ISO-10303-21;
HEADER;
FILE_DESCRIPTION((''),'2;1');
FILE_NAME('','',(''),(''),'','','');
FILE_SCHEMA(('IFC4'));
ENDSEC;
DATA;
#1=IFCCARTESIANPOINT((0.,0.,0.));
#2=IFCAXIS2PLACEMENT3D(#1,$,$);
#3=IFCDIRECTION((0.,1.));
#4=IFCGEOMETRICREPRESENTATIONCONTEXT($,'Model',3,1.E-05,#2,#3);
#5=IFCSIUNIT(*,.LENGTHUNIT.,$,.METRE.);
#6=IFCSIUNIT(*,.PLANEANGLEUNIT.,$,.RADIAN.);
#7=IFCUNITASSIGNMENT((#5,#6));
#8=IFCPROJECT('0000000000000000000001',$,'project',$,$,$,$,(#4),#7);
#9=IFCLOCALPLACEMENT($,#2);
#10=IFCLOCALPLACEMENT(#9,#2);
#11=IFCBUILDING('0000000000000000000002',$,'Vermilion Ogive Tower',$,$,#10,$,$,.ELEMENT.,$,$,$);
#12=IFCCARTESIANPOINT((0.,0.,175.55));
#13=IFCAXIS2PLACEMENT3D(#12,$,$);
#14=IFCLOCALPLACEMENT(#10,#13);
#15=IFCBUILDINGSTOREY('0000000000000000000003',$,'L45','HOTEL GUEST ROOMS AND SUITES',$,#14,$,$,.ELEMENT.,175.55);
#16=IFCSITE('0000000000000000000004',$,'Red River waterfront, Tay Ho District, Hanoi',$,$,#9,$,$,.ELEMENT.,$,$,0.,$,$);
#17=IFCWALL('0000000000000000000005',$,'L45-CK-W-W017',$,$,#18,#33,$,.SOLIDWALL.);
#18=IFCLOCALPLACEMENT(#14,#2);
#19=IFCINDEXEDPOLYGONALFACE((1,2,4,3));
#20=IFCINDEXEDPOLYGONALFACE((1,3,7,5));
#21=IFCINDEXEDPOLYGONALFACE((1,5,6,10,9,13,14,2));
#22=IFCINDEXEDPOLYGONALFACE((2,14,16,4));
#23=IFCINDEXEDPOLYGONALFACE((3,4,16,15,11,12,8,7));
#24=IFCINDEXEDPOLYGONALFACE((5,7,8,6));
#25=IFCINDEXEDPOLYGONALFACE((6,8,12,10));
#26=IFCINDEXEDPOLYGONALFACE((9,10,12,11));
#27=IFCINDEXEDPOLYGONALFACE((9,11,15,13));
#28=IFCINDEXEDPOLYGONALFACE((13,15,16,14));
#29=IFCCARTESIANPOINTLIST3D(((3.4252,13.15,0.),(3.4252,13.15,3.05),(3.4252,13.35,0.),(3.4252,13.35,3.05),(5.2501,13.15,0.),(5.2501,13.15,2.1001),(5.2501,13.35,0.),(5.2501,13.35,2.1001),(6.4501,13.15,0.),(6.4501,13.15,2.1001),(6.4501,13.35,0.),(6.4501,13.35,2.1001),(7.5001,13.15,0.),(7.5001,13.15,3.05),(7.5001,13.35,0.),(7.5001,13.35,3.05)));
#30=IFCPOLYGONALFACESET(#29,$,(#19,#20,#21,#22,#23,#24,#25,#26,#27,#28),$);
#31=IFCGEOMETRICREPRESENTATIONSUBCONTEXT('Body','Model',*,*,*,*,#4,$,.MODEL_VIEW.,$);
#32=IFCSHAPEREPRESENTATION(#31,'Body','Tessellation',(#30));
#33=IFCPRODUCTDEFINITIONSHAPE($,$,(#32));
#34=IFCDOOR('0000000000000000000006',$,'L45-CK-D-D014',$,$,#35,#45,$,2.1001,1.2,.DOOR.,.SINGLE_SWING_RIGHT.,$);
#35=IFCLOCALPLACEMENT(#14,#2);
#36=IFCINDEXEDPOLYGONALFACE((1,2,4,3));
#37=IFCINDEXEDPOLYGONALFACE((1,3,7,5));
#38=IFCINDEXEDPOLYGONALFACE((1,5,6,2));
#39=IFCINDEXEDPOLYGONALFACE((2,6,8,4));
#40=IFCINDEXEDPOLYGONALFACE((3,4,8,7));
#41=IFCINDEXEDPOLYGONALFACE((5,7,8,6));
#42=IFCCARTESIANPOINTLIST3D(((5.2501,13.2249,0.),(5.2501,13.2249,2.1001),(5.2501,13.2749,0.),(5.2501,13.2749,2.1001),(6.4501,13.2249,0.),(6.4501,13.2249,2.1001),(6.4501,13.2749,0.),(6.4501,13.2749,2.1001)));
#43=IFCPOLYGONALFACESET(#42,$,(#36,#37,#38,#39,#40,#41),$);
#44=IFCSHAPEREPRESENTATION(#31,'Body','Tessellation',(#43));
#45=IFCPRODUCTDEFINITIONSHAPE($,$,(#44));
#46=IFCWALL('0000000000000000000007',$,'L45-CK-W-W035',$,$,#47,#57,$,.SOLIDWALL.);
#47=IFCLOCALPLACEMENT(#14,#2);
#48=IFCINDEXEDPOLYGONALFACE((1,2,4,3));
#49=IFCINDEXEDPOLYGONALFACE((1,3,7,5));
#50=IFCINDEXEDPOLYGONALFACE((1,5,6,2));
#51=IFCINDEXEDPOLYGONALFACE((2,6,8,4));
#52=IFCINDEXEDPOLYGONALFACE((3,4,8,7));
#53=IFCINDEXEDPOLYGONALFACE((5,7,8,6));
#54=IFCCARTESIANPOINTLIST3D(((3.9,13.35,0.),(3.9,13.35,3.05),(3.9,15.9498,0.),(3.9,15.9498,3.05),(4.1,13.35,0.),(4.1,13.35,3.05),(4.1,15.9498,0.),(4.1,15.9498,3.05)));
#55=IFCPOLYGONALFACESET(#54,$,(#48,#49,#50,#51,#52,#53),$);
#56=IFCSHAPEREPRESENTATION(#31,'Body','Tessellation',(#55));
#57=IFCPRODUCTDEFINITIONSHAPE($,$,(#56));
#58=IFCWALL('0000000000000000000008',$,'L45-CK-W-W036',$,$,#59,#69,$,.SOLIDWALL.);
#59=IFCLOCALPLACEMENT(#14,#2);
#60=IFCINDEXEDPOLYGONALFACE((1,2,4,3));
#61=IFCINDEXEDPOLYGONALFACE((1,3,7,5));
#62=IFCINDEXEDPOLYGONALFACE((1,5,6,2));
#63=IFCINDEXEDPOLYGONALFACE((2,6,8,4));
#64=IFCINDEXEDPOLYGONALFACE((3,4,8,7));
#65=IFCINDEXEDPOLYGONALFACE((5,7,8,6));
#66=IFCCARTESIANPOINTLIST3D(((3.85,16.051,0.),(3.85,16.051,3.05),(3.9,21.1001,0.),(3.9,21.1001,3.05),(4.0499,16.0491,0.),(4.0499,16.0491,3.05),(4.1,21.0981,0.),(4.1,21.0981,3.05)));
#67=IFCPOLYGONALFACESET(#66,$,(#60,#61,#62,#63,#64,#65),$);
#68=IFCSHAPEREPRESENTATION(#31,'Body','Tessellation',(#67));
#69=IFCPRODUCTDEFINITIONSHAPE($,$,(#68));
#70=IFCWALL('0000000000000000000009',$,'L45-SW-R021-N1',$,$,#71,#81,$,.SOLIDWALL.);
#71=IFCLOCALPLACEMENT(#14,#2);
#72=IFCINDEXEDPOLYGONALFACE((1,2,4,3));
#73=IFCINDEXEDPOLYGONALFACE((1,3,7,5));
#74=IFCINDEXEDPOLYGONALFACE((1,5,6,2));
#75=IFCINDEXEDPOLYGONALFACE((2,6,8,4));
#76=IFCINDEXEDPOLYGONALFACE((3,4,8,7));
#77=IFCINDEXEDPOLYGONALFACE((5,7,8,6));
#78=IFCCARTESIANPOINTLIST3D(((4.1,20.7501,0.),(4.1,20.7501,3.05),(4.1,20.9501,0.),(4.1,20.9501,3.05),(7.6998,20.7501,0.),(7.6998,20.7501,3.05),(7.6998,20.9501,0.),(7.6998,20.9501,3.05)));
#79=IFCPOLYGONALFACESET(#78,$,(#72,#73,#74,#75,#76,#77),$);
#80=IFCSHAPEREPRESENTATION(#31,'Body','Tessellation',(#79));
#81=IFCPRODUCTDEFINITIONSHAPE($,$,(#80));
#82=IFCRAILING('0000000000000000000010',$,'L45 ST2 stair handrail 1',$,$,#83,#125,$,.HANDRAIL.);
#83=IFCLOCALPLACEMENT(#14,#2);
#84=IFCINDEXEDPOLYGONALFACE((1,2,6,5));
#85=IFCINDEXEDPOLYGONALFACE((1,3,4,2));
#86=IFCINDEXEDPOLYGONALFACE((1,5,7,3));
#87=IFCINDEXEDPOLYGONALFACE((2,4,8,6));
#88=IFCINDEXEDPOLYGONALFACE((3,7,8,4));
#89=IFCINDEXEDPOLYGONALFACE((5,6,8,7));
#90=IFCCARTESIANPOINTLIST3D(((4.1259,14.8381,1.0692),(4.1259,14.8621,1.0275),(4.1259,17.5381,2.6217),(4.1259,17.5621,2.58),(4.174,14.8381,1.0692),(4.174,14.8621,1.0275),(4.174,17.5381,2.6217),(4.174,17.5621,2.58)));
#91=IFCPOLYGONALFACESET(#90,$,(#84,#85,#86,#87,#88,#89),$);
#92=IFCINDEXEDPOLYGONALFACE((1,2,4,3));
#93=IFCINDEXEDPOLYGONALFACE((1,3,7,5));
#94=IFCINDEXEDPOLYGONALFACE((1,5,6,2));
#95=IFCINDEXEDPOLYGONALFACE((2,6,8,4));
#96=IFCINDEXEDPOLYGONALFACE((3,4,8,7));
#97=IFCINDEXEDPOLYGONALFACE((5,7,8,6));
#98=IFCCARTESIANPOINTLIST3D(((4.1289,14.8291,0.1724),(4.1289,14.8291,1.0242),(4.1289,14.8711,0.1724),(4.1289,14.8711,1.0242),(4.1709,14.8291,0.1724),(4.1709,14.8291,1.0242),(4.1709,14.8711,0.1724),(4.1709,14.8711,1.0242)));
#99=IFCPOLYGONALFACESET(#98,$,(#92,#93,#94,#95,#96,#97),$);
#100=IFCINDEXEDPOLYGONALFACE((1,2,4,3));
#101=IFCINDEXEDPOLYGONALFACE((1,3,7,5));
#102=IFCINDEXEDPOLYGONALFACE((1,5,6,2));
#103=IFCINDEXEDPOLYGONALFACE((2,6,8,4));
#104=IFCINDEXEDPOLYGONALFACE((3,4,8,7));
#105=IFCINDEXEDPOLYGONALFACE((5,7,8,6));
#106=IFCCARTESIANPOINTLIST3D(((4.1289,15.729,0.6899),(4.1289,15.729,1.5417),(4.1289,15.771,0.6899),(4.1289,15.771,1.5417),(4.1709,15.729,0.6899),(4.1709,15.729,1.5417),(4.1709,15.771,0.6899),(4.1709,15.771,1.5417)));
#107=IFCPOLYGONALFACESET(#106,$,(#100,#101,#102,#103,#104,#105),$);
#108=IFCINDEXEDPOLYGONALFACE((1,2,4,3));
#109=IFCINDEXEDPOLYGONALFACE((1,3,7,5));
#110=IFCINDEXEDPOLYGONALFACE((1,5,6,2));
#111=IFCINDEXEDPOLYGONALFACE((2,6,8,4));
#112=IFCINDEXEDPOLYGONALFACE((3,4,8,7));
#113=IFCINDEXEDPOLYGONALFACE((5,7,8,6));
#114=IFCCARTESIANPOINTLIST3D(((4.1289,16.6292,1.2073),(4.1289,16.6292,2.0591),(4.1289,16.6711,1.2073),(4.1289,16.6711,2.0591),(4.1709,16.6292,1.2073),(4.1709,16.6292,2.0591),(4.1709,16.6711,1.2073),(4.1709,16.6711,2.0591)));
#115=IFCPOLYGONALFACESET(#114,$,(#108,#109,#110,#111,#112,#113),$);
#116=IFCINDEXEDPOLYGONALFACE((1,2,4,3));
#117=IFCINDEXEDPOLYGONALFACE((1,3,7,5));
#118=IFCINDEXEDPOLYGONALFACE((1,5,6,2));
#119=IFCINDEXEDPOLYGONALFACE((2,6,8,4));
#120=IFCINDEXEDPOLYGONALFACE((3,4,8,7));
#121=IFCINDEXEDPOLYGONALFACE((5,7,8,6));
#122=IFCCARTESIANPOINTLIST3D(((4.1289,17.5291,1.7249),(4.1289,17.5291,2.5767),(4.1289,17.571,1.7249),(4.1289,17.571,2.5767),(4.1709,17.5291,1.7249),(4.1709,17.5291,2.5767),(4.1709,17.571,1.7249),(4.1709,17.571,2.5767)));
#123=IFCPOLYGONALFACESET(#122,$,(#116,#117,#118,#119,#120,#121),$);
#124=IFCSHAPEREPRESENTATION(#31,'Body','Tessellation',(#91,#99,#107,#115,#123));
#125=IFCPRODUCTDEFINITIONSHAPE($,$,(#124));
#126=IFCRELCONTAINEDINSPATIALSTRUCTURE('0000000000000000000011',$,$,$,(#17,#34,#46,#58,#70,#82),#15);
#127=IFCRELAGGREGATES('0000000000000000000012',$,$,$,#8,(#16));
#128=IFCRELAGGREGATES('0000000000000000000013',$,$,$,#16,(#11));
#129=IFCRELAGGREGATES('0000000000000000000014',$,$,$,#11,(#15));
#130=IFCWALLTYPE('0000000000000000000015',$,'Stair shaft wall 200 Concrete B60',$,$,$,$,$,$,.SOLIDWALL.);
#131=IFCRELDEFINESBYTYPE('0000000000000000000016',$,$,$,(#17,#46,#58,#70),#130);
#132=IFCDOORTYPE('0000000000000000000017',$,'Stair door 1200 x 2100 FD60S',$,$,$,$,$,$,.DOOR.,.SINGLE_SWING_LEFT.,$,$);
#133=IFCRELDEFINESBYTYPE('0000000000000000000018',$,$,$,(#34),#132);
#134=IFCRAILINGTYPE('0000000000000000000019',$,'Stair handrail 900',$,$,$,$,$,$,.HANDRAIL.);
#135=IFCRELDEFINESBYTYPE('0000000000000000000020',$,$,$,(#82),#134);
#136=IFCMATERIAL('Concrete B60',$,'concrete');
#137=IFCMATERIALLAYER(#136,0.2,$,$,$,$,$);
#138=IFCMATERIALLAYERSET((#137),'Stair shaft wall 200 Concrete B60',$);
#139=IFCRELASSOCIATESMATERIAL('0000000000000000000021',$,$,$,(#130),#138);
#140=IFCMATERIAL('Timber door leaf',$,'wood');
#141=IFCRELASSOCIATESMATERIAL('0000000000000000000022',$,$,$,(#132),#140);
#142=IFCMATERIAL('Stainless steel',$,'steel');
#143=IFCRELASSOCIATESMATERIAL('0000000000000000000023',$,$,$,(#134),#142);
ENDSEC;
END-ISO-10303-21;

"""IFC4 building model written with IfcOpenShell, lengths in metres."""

from ifc_helpers import new_model, si_unit, direction, frame, frame_2d, origin, origin_2d, place, context, subcontext, project, spatial, rectangle, extrude, material, layer, layer_set, type_object, element, fill, save


model = new_model("IFC4")

# Units and contexts
model_context = context("Model", 3, precision=1e-05, world=origin(), true_north=direction((0.0, 1.0)))
body_context = subcontext(model_context, "Body", "Model", "MODEL_VIEW")
ifc_project = project(units=[si_unit("LENGTHUNIT", "METRE"), si_unit("PLANEANGLEUNIT", "RADIAN")], contexts=[model_context])

# Site, building, storey
site_placement = place(None, origin())
site = spatial("IfcSite", under=ifc_project, at=site_placement, Name="Red River waterfront, Tay Ho District, Hanoi", CompositionType="ELEMENT", RefElevation=0.0)
building_placement = place(site_placement, origin())
building = spatial("IfcBuilding", under=site, at=building_placement, Name="Vermilion Ogive Tower", CompositionType="ELEMENT")
storey_placement = place(building_placement, frame((0.0, 0.0, 175.55)))
storey = spatial("IfcBuildingStorey", under=building, at=storey_placement, Name="L45", Description="HOTEL GUEST ROOMS AND SUITES", CompositionType="ELEMENT", Elevation=175.55)

# Wall, opening, door
ifc_material_1 = material(Name="Concrete B60", Category="concrete")
ifc_layer_1 = layer(ifc_material_1, 0.2)
ifc_layer_set_1 = layer_set([ifc_layer_1], Name="Stair shaft wall 200 Concrete B60")
wall_type_1 = type_object("IfcWallType", Name="Stair shaft wall 200 Concrete B60", PredefinedType="SOLIDWALL", material=ifc_layer_set_1)
wall_1_placement = place(storey_placement, frame((3.425, 13.25, 0.0), z_axis=(0.0, 0.0, 1.0), x_axis=(1.0, 0.0, 0.0)))
wall_1 = element("IfcWall", 1, at=wall_1_placement, inside=storey, type_object=wall_type_1, Name="L45-CK-W-W017", PredefinedType="SOLIDWALL", context=body_context, shape_type="SweptSolid", body=[
    extrude(rectangle(XDim=4.075, YDim=0.2, at=frame_2d((2.0376, 0.0))), origin(), (0.0, 0.0, 1.0), 3.05),
])
opening_1_placement = place(wall_1_placement, frame((1.825, 0.0, 0.0)))
opening_1 = element("IfcOpeningElement", 2, at=opening_1_placement, cuts=wall_1, PredefinedType="OPENING", context=body_context, shape_type="SweptSolid", body=[
    extrude(rectangle(XDim=1.2, YDim=2.1001, at=frame_2d((0.6001, 1.05))), frame((0.0, 0.1099, 0.0), z_axis=(0.0, -1.0, 0.0), x_axis=(1.0, 0.0, 0.0)), (0.0, 0.0, 1.0), 0.22),
])
ifc_material_2 = material(Name="Timber door leaf", Category="wood")
door_type_1 = type_object("IfcDoorType", Name="Stair door 1200 x 2100 FD60S", OperationType="SINGLE_SWING_LEFT", PredefinedType="DOOR", material=ifc_material_2)
door_1_placement = place(opening_1_placement, origin())
door_1 = element("IfcDoor", 3, at=door_1_placement, inside=storey, type_object=door_type_1, Name="L45-CK-D-D014", OperationType="SINGLE_SWING_RIGHT", OverallHeight=2.1001, OverallWidth=1.2, PredefinedType="DOOR", context=body_context, shape_type="SweptSolid", body=[
    extrude(rectangle(XDim=1.2, YDim=2.1001, at=frame_2d((0.6001, 1.05))), frame((0.0, 0.0249, 0.0), z_axis=(0.0, -1.0, 0.0), x_axis=(1.0, 0.0, 0.0)), (0.0, 0.0, 1.0), 0.05),
])
fill(opening_1, door_1)

# Walls
wall_2_placement = place(storey_placement, frame((4.0, 13.3501, 0.0), z_axis=(0.0, 0.0, 1.0), x_axis=(0.0, 1.0, 0.0)))
element("IfcWall", 4, at=wall_2_placement, inside=storey, type_object=wall_type_1, Name="L45-CK-W-W035", PredefinedType="SOLIDWALL", context=body_context, shape_type="SweptSolid", body=[
    extrude(rectangle(XDim=2.5999, YDim=0.2, at=frame_2d((1.2998, 0.0))), origin(), (0.0, 0.0, 1.0), 3.05),
])
wall_3_placement = place(storey_placement, frame((3.95, 16.05, 0.0), z_axis=(0.0, 0.0, 1.0), x_axis=(0.009912, 0.999951, 0.0)))
element("IfcWall", 5, at=wall_3_placement, inside=storey, type_object=wall_type_1, Name="L45-CK-W-W036", PredefinedType="SOLIDWALL", context=body_context, shape_type="SweptSolid", body=[
    extrude(rectangle(XDim=5.0493, YDim=0.2, at=frame_2d((2.5247, 0.0))), origin(), (0.0, 0.0, 1.0), 3.05),
])
wall_4_placement = place(storey_placement, frame((4.1001, 20.8501, 0.0), z_axis=(0.0, 0.0, 1.0), x_axis=(1.0, 0.0, 0.0)))
element("IfcWall", 6, at=wall_4_placement, inside=storey, type_object=wall_type_1, Name="L45-SW-R021-N1", PredefinedType="SOLIDWALL", context=body_context, shape_type="SweptSolid", body=[
    extrude(rectangle(XDim=3.5999, YDim=0.2, at=frame_2d((1.7998, 0.0))), origin(), (0.0, 0.0, 1.0), 3.05),
])

# Railing
ifc_material_3 = material(Name="Stainless steel", Category="steel")
railing_type = type_object("IfcRailingType", Name="Stair handrail 900", PredefinedType="HANDRAIL", material=ifc_material_3)
railing_placement = place(storey_placement, frame((4.1499, 14.8501, 0.1724)))
element("IfcRailing", 7, at=railing_placement, inside=storey, type_object=railing_type, Name="L45 ST2 stair handrail 1", PredefinedType="HANDRAIL", context=body_context, shape_type="SweptSolid", body=[
    extrude(rectangle(XDim=0.0481, YDim=0.0481, at=origin_2d()), frame((0.0, 0.0, 0.876), z_axis=(0.0, 0.866904, 0.498476), x_axis=(-1.0, 0.0, 0.0)), (0.0, 0.0, 1.0), 3.1145),
    extrude(rectangle(XDim=0.042, YDim=0.042, at=origin_2d()), origin(), (0.0, 0.0, 1.0), 0.8518),
    extrude(rectangle(XDim=0.042, YDim=0.042, at=origin_2d()), frame((0.0, 0.8999, 0.5176)), (0.0, 0.0, 1.0), 0.8518),
    extrude(rectangle(XDim=0.042, YDim=0.042, at=origin_2d()), frame((0.0, 1.8, 1.0349)), (0.0, 0.0, 1.0), 0.8518),
    extrude(rectangle(XDim=0.042, YDim=0.042, at=origin_2d()), frame((0.0, 2.7, 1.5525)), (0.0, 0.0, 1.0), 0.8518),
])

save(model, "model.ifc")
